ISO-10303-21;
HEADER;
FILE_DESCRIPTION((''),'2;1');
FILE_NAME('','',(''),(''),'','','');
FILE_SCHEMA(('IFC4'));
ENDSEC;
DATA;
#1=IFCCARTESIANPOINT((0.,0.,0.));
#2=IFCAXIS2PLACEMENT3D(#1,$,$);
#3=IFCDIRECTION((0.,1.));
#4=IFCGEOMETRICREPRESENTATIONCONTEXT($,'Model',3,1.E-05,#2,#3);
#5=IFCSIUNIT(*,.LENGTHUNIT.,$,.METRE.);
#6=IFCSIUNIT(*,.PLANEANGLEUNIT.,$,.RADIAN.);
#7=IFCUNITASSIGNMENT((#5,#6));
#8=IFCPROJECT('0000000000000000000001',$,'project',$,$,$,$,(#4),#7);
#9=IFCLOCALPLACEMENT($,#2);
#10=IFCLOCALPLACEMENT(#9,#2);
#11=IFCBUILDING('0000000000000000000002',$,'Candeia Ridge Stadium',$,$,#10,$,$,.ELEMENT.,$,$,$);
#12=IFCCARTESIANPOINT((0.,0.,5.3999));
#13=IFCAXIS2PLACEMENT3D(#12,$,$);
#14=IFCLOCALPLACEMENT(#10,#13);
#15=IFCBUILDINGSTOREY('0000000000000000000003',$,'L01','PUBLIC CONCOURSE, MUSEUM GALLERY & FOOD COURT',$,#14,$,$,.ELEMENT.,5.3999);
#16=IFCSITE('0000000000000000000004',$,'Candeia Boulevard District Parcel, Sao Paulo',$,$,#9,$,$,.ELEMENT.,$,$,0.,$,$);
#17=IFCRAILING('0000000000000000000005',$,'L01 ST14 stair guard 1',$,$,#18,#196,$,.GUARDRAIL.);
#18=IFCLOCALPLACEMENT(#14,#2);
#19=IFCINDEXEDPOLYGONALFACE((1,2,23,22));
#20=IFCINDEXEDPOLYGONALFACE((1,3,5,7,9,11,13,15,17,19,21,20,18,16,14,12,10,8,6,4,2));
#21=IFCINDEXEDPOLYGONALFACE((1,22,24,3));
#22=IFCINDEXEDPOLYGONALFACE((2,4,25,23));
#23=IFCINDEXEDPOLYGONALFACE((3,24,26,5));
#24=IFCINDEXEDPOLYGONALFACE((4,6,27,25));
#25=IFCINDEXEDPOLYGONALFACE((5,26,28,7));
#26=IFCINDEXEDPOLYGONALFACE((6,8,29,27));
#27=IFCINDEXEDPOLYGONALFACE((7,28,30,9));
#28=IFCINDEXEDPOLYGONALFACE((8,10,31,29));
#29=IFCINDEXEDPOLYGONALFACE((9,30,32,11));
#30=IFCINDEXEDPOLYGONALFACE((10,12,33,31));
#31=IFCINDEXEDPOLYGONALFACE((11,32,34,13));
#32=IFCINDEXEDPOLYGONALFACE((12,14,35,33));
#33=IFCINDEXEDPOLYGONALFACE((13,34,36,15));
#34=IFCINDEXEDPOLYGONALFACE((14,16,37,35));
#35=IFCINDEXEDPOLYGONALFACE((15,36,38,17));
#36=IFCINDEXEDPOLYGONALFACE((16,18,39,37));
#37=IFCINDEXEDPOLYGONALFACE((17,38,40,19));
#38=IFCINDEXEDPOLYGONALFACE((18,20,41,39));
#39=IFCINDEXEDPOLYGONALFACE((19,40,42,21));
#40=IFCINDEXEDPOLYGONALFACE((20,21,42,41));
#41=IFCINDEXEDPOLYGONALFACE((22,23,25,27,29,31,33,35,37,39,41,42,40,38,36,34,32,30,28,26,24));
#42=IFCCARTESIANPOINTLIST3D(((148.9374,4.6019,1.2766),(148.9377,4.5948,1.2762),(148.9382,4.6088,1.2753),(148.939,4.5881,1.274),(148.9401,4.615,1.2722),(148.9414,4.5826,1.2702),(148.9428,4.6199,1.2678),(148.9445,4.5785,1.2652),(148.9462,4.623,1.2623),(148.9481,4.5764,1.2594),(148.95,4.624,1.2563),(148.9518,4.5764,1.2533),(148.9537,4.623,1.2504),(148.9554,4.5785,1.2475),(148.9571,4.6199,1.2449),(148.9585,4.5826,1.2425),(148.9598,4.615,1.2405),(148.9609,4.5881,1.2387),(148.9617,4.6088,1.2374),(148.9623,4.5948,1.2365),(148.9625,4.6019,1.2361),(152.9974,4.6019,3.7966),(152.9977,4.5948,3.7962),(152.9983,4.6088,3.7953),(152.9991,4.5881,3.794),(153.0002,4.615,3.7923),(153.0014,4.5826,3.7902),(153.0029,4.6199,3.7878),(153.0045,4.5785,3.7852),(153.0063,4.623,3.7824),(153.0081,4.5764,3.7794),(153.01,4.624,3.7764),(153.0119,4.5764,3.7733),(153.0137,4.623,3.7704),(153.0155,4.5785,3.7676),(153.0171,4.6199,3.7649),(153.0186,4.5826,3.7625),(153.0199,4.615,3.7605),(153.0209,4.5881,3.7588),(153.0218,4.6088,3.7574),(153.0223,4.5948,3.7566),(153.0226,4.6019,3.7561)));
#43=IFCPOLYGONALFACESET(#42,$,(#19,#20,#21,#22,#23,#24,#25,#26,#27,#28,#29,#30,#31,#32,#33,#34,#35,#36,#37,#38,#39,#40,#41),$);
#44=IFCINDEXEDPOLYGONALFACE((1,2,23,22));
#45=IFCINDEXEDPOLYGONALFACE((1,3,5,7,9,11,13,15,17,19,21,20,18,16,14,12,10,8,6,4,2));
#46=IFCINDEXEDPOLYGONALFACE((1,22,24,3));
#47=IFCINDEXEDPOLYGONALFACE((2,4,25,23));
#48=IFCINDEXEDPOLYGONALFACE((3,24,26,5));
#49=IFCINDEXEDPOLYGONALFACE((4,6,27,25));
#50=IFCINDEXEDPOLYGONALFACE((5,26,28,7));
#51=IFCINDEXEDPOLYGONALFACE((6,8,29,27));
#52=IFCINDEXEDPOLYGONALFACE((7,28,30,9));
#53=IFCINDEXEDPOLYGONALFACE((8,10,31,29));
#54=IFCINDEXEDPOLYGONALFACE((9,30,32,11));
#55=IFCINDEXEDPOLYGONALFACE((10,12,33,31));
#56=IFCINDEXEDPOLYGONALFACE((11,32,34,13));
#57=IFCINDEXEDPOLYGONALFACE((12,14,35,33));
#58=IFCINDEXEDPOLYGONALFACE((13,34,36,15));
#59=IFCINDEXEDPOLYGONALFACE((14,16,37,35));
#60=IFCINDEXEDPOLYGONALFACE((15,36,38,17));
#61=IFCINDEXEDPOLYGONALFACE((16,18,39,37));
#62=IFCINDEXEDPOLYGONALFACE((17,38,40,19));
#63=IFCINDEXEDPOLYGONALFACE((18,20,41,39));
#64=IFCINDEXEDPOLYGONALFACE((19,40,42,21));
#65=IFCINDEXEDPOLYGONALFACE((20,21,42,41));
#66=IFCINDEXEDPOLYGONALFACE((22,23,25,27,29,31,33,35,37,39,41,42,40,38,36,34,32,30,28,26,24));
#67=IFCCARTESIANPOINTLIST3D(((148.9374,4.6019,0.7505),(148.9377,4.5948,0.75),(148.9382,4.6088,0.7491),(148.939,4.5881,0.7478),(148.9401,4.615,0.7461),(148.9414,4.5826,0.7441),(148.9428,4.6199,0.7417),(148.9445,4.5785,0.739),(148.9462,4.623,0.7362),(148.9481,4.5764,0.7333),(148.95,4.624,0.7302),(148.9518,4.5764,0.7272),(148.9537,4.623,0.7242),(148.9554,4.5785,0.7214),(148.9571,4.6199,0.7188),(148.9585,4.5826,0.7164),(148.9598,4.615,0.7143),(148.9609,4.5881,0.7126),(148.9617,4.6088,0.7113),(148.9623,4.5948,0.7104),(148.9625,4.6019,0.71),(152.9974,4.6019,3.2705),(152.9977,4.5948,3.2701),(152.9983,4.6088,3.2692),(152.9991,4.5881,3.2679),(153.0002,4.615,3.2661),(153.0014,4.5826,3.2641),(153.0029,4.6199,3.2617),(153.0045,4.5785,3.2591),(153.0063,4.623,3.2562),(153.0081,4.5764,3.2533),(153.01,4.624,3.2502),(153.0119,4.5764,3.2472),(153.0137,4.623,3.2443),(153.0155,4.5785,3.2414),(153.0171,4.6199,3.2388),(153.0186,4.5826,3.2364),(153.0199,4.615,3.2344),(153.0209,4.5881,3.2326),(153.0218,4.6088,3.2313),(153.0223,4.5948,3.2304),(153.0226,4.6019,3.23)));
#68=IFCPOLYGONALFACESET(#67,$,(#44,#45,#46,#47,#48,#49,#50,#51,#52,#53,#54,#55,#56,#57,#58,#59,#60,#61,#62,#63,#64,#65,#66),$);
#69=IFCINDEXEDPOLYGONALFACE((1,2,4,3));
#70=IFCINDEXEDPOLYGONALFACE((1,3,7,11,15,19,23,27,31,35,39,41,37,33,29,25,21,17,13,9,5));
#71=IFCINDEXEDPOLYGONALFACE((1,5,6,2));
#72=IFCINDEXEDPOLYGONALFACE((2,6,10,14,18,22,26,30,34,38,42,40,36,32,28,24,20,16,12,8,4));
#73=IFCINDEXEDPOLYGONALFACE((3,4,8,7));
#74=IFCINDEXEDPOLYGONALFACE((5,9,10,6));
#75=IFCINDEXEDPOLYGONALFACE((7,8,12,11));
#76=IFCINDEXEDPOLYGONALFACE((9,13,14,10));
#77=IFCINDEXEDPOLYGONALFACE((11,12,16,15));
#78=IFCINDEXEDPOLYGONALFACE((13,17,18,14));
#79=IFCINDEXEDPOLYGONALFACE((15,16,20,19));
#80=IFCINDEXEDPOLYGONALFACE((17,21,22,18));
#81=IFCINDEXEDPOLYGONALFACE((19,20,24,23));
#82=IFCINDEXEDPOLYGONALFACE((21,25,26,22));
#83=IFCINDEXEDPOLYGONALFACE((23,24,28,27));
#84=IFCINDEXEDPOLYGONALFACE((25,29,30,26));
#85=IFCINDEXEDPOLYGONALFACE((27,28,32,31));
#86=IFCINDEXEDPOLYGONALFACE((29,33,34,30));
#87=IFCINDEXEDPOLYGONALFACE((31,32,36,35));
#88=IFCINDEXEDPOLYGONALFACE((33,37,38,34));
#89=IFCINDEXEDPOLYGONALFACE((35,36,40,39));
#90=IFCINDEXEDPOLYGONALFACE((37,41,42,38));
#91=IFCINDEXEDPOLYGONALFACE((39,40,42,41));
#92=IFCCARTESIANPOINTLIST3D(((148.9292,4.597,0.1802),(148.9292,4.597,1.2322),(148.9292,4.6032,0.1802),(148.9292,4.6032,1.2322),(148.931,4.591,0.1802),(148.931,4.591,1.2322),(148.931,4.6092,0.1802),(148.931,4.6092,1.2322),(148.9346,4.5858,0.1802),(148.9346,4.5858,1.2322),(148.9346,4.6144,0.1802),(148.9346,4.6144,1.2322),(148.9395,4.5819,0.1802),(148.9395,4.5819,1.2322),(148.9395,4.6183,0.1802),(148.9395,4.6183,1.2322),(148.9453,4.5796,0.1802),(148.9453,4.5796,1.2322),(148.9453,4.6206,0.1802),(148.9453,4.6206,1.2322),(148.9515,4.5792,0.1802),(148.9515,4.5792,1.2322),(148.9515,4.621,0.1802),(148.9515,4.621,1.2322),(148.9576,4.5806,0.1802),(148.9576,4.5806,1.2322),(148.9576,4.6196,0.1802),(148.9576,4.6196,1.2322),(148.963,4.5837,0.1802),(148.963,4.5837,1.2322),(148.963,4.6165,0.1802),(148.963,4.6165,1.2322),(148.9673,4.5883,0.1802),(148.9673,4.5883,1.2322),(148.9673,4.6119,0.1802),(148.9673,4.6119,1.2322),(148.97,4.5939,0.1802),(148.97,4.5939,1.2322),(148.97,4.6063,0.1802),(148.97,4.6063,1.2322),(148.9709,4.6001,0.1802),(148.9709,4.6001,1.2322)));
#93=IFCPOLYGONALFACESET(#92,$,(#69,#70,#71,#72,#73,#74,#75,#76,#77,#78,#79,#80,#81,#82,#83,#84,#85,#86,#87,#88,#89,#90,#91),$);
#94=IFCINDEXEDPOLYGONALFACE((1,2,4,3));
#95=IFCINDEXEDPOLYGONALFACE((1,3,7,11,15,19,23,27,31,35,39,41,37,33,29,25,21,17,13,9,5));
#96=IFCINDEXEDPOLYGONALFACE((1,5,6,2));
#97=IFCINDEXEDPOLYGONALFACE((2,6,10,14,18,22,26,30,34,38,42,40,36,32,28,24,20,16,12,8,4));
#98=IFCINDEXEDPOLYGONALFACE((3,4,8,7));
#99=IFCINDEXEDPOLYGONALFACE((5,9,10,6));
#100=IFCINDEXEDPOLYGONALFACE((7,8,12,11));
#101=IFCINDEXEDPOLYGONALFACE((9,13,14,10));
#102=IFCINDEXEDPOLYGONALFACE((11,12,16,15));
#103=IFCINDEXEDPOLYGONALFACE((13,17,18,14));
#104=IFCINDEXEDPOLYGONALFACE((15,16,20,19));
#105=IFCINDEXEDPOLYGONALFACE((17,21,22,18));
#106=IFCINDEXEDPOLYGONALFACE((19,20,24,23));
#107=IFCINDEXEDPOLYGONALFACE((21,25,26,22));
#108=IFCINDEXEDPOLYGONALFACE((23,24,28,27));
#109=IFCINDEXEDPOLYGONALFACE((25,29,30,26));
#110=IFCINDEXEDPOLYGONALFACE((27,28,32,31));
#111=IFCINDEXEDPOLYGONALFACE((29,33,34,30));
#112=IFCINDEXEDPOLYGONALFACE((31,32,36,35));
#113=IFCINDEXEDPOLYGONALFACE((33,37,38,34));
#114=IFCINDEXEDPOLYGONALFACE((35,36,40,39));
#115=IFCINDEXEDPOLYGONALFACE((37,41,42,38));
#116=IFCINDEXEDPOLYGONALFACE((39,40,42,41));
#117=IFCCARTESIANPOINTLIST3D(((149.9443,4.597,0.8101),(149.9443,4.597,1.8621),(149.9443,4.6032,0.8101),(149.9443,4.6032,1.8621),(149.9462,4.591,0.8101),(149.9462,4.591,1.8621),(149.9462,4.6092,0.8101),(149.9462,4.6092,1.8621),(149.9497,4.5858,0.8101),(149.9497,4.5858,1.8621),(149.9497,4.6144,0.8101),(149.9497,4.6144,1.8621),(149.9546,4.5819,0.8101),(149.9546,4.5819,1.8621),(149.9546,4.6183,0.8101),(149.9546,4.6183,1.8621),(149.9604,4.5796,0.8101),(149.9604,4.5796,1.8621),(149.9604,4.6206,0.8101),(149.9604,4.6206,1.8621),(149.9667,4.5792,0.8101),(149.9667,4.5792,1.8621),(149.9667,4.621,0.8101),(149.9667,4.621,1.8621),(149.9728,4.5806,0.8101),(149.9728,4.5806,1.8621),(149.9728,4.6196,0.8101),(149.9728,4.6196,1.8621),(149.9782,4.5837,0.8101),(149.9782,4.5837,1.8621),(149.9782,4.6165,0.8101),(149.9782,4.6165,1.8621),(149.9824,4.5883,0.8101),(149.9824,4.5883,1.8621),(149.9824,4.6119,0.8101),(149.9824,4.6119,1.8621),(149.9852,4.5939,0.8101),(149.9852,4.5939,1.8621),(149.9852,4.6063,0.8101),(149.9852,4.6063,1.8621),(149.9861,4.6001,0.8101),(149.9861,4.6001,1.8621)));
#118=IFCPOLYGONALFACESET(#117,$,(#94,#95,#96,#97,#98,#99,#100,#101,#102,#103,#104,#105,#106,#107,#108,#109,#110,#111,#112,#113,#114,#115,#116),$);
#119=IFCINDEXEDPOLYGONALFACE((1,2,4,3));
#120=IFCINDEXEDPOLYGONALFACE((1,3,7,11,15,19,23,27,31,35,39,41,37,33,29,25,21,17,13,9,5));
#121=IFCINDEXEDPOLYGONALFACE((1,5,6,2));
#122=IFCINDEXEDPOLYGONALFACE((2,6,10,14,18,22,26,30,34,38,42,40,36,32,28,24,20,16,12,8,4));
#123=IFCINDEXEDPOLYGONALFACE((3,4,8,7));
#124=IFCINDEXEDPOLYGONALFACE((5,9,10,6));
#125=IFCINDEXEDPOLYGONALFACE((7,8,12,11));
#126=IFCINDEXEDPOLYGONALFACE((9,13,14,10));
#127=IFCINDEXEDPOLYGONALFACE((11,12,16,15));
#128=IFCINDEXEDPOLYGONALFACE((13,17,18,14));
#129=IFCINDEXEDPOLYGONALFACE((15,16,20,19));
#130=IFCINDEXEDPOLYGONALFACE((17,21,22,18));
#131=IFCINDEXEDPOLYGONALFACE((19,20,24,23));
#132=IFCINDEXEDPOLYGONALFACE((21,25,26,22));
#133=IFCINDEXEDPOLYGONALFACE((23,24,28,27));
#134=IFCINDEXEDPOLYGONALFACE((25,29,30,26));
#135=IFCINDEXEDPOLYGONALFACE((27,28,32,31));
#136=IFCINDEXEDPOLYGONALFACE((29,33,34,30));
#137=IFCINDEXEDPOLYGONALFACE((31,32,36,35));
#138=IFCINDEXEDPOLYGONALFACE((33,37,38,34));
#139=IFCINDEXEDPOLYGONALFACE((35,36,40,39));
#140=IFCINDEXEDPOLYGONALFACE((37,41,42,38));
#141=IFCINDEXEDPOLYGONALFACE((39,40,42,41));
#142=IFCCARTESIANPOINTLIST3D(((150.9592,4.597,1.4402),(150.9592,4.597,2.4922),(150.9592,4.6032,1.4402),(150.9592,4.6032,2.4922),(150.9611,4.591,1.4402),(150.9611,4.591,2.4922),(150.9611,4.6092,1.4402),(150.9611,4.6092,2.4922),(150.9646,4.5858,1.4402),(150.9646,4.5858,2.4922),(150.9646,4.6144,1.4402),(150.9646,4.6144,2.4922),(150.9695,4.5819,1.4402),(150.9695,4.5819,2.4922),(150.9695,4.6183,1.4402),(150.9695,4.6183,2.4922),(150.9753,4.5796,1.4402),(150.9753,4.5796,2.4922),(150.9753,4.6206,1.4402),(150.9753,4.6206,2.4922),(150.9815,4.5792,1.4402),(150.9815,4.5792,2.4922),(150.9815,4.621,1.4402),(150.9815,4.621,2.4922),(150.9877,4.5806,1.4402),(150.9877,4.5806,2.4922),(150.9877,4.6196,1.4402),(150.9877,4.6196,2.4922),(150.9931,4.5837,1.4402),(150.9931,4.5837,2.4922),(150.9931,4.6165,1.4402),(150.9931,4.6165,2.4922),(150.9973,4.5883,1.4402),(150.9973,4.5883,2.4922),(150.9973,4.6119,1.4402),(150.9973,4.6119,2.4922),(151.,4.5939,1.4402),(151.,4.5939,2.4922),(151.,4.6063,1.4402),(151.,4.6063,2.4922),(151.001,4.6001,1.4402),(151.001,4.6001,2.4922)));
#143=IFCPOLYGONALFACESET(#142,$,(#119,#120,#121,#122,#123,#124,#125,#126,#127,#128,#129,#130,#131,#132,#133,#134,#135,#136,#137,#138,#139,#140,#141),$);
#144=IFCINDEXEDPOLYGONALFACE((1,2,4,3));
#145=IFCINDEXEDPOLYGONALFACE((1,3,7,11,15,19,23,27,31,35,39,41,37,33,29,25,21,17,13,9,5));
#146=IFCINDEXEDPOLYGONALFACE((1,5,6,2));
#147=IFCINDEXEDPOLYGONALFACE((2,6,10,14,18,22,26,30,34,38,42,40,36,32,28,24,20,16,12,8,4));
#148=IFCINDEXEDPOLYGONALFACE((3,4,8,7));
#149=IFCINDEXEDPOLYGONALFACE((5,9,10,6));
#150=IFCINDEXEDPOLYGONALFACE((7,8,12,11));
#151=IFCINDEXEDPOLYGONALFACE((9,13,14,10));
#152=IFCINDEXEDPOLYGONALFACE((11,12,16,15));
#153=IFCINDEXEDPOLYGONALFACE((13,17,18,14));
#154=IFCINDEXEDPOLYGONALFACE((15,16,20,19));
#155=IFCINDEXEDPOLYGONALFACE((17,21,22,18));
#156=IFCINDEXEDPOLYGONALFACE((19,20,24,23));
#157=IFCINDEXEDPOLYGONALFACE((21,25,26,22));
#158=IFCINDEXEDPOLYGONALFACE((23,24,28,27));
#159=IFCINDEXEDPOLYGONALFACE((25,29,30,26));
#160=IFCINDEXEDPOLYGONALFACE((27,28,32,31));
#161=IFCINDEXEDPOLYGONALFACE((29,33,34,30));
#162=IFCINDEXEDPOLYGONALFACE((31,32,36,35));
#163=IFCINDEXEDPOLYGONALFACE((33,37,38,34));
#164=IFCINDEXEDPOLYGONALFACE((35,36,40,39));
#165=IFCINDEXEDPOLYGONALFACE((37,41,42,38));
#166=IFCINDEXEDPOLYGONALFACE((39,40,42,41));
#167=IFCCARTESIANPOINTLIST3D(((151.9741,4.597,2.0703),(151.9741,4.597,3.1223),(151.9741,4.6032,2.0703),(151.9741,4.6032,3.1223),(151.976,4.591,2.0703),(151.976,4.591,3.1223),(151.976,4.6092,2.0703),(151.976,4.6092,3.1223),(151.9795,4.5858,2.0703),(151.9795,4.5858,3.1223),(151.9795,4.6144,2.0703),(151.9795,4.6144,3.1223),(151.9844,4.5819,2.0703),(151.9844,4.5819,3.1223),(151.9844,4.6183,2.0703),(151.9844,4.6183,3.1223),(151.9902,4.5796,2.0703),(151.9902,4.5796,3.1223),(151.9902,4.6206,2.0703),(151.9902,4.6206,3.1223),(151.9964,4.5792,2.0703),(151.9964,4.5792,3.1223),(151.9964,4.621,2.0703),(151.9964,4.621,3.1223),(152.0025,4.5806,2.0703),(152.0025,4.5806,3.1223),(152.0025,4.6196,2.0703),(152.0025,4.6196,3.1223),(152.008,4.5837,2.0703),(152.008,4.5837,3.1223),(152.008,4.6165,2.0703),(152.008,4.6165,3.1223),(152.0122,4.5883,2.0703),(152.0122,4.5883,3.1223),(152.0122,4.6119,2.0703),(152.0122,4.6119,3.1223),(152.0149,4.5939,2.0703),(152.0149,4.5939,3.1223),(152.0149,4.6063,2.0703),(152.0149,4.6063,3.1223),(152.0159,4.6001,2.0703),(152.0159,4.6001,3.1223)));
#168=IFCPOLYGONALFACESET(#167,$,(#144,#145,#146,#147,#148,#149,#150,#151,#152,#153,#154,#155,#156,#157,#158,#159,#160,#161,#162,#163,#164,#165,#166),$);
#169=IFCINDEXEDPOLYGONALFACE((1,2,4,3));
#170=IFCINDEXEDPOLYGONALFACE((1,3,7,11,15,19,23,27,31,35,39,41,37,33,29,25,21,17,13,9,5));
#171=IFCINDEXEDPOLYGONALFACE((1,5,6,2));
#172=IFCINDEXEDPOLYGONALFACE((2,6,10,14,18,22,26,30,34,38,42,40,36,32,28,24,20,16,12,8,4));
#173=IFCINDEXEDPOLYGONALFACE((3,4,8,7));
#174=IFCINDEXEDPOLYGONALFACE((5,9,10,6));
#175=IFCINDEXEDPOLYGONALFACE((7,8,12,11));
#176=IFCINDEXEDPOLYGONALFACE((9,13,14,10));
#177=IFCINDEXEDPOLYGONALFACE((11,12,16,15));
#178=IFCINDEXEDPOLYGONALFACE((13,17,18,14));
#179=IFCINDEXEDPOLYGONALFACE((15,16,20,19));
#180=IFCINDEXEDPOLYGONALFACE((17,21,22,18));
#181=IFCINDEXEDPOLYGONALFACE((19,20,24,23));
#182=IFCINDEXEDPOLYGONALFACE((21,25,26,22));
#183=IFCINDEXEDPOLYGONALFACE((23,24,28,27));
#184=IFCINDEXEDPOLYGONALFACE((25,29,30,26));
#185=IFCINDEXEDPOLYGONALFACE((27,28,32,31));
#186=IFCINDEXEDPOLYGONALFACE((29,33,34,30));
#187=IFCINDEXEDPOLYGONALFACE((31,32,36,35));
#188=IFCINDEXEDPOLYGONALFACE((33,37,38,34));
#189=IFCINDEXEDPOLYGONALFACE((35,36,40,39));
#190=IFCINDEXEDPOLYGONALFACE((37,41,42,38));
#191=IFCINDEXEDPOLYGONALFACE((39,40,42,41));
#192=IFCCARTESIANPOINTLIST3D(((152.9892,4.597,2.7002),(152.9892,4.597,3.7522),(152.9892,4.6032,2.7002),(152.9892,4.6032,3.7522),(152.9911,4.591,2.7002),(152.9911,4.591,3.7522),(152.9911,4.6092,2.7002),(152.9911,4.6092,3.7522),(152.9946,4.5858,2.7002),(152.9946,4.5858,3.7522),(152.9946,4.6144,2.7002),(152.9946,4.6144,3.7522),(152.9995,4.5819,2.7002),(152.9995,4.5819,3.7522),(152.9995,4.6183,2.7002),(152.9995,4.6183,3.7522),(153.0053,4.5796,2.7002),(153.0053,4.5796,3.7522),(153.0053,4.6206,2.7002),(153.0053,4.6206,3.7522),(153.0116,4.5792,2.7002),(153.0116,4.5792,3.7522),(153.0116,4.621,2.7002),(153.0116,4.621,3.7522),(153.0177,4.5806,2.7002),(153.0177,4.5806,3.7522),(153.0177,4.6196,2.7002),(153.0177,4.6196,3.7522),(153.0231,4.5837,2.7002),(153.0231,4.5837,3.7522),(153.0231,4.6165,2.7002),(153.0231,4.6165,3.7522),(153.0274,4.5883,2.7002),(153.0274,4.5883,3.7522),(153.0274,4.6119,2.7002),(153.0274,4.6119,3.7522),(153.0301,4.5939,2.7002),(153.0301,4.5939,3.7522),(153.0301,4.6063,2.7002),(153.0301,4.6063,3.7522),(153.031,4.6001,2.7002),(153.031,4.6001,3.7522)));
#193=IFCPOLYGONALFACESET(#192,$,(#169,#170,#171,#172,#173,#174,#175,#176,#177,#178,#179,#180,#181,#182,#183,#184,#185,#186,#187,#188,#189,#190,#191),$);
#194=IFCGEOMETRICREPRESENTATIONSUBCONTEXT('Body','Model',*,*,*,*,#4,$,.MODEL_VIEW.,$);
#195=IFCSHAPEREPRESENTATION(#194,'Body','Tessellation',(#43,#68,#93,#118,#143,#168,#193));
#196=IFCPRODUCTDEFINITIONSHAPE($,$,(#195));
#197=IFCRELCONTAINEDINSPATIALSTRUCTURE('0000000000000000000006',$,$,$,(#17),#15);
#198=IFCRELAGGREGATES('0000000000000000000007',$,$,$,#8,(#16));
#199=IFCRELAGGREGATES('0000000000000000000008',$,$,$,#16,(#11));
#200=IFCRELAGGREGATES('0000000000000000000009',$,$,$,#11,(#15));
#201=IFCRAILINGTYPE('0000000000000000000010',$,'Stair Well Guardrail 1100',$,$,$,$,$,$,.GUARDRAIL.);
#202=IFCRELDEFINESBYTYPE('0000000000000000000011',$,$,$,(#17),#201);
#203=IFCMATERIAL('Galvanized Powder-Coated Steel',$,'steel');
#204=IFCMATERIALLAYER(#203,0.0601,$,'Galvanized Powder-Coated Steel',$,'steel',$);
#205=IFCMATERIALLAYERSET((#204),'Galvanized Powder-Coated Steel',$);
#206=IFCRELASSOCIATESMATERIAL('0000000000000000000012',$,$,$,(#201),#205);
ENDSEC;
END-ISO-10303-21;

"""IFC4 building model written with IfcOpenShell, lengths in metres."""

from ifc_helpers import new_model, si_unit, direction, frame, origin, origin_2d, place, context, subcontext, project, spatial, circle, extrude, material, layer, layer_set, type_object, element, save


model = new_model("IFC4")

# Units and contexts
model_context = context("Model", 3, precision=1e-05, world=origin(), true_north=direction((0.0, 1.0)))
body_context = subcontext(model_context, "Body", "Model", "MODEL_VIEW")
ifc_project = project(units=[si_unit("LENGTHUNIT", "METRE"), si_unit("PLANEANGLEUNIT", "RADIAN")], contexts=[model_context])

# Site, building, storey
site_placement = place(None, origin())
site = spatial("IfcSite", under=ifc_project, at=site_placement, Name="Candeia Boulevard District Parcel, Sao Paulo", CompositionType="ELEMENT", RefElevation=0.0)
building_placement = place(site_placement, origin())
building = spatial("IfcBuilding", under=site, at=building_placement, Name="Candeia Ridge Stadium", CompositionType="ELEMENT")
storey_placement = place(building_placement, frame((0.0, 0.0, 5.3999)))
storey = spatial("IfcBuildingStorey", under=building, at=storey_placement, Name="L01", Description="PUBLIC CONCOURSE, MUSEUM GALLERY & FOOD COURT", CompositionType="ELEMENT", Elevation=5.3999)

# Railing
ifc_material_1 = material(Name="Galvanized Powder-Coated Steel", Category="steel")
ifc_layer_1 = layer(ifc_material_1, 0.0601, Name="Galvanized Powder-Coated Steel", Category="steel")
ifc_layer_set_1 = layer_set([ifc_layer_1], Name="Galvanized Powder-Coated Steel")
railing_type_1 = type_object("IfcRailingType", Name="Stair Well Guardrail 1100", PredefinedType="GUARDRAIL", material=ifc_layer_set_1)
railing_1_placement = place(storey_placement, frame((148.95, 4.6001, 0.1802)))
element("IfcRailing", 1, at=railing_1_placement, inside=storey, type_object=railing_type_1, Name="L01 ST14 stair guard 1", PredefinedType="GUARDRAIL", context=body_context, shape_type="SweptSolid", body=[
    extrude(circle(Radius=0.0239, at=origin_2d()), frame((0.0, 0.0, 1.0762), z_axis=(0.849642, 0.0, 0.52736), x_axis=(0.0, 1.0, 0.0)), (0.0, 0.0, 1.0), 4.7786),
    extrude(circle(Radius=0.0239, at=origin_2d()), frame((0.0, 0.0, 0.55), z_axis=(0.849642, 0.0, 0.52736), x_axis=(0.0, 1.0, 0.0)), (0.0, 0.0, 1.0), 4.7786),
    extrude(circle(Radius=0.021, at=origin_2d()), origin(), (0.0, 0.0, 1.0), 1.052),
    extrude(circle(Radius=0.021, at=origin_2d()), frame((1.0151, 0.0, 0.6299)), (0.0, 0.0, 1.0), 1.052),
    extrude(circle(Radius=0.021, at=origin_2d()), frame((2.03, 0.0, 1.26)), (0.0, 0.0, 1.0), 1.052),
    extrude(circle(Radius=0.021, at=origin_2d()), frame((3.0449, 0.0, 1.8901)), (0.0, 0.0, 1.0), 1.052),
    extrude(circle(Radius=0.021, at=origin_2d()), frame((4.0601, 0.0, 2.52)), (0.0, 0.0, 1.0), 1.052),
])

save(model, "model.ifc")
